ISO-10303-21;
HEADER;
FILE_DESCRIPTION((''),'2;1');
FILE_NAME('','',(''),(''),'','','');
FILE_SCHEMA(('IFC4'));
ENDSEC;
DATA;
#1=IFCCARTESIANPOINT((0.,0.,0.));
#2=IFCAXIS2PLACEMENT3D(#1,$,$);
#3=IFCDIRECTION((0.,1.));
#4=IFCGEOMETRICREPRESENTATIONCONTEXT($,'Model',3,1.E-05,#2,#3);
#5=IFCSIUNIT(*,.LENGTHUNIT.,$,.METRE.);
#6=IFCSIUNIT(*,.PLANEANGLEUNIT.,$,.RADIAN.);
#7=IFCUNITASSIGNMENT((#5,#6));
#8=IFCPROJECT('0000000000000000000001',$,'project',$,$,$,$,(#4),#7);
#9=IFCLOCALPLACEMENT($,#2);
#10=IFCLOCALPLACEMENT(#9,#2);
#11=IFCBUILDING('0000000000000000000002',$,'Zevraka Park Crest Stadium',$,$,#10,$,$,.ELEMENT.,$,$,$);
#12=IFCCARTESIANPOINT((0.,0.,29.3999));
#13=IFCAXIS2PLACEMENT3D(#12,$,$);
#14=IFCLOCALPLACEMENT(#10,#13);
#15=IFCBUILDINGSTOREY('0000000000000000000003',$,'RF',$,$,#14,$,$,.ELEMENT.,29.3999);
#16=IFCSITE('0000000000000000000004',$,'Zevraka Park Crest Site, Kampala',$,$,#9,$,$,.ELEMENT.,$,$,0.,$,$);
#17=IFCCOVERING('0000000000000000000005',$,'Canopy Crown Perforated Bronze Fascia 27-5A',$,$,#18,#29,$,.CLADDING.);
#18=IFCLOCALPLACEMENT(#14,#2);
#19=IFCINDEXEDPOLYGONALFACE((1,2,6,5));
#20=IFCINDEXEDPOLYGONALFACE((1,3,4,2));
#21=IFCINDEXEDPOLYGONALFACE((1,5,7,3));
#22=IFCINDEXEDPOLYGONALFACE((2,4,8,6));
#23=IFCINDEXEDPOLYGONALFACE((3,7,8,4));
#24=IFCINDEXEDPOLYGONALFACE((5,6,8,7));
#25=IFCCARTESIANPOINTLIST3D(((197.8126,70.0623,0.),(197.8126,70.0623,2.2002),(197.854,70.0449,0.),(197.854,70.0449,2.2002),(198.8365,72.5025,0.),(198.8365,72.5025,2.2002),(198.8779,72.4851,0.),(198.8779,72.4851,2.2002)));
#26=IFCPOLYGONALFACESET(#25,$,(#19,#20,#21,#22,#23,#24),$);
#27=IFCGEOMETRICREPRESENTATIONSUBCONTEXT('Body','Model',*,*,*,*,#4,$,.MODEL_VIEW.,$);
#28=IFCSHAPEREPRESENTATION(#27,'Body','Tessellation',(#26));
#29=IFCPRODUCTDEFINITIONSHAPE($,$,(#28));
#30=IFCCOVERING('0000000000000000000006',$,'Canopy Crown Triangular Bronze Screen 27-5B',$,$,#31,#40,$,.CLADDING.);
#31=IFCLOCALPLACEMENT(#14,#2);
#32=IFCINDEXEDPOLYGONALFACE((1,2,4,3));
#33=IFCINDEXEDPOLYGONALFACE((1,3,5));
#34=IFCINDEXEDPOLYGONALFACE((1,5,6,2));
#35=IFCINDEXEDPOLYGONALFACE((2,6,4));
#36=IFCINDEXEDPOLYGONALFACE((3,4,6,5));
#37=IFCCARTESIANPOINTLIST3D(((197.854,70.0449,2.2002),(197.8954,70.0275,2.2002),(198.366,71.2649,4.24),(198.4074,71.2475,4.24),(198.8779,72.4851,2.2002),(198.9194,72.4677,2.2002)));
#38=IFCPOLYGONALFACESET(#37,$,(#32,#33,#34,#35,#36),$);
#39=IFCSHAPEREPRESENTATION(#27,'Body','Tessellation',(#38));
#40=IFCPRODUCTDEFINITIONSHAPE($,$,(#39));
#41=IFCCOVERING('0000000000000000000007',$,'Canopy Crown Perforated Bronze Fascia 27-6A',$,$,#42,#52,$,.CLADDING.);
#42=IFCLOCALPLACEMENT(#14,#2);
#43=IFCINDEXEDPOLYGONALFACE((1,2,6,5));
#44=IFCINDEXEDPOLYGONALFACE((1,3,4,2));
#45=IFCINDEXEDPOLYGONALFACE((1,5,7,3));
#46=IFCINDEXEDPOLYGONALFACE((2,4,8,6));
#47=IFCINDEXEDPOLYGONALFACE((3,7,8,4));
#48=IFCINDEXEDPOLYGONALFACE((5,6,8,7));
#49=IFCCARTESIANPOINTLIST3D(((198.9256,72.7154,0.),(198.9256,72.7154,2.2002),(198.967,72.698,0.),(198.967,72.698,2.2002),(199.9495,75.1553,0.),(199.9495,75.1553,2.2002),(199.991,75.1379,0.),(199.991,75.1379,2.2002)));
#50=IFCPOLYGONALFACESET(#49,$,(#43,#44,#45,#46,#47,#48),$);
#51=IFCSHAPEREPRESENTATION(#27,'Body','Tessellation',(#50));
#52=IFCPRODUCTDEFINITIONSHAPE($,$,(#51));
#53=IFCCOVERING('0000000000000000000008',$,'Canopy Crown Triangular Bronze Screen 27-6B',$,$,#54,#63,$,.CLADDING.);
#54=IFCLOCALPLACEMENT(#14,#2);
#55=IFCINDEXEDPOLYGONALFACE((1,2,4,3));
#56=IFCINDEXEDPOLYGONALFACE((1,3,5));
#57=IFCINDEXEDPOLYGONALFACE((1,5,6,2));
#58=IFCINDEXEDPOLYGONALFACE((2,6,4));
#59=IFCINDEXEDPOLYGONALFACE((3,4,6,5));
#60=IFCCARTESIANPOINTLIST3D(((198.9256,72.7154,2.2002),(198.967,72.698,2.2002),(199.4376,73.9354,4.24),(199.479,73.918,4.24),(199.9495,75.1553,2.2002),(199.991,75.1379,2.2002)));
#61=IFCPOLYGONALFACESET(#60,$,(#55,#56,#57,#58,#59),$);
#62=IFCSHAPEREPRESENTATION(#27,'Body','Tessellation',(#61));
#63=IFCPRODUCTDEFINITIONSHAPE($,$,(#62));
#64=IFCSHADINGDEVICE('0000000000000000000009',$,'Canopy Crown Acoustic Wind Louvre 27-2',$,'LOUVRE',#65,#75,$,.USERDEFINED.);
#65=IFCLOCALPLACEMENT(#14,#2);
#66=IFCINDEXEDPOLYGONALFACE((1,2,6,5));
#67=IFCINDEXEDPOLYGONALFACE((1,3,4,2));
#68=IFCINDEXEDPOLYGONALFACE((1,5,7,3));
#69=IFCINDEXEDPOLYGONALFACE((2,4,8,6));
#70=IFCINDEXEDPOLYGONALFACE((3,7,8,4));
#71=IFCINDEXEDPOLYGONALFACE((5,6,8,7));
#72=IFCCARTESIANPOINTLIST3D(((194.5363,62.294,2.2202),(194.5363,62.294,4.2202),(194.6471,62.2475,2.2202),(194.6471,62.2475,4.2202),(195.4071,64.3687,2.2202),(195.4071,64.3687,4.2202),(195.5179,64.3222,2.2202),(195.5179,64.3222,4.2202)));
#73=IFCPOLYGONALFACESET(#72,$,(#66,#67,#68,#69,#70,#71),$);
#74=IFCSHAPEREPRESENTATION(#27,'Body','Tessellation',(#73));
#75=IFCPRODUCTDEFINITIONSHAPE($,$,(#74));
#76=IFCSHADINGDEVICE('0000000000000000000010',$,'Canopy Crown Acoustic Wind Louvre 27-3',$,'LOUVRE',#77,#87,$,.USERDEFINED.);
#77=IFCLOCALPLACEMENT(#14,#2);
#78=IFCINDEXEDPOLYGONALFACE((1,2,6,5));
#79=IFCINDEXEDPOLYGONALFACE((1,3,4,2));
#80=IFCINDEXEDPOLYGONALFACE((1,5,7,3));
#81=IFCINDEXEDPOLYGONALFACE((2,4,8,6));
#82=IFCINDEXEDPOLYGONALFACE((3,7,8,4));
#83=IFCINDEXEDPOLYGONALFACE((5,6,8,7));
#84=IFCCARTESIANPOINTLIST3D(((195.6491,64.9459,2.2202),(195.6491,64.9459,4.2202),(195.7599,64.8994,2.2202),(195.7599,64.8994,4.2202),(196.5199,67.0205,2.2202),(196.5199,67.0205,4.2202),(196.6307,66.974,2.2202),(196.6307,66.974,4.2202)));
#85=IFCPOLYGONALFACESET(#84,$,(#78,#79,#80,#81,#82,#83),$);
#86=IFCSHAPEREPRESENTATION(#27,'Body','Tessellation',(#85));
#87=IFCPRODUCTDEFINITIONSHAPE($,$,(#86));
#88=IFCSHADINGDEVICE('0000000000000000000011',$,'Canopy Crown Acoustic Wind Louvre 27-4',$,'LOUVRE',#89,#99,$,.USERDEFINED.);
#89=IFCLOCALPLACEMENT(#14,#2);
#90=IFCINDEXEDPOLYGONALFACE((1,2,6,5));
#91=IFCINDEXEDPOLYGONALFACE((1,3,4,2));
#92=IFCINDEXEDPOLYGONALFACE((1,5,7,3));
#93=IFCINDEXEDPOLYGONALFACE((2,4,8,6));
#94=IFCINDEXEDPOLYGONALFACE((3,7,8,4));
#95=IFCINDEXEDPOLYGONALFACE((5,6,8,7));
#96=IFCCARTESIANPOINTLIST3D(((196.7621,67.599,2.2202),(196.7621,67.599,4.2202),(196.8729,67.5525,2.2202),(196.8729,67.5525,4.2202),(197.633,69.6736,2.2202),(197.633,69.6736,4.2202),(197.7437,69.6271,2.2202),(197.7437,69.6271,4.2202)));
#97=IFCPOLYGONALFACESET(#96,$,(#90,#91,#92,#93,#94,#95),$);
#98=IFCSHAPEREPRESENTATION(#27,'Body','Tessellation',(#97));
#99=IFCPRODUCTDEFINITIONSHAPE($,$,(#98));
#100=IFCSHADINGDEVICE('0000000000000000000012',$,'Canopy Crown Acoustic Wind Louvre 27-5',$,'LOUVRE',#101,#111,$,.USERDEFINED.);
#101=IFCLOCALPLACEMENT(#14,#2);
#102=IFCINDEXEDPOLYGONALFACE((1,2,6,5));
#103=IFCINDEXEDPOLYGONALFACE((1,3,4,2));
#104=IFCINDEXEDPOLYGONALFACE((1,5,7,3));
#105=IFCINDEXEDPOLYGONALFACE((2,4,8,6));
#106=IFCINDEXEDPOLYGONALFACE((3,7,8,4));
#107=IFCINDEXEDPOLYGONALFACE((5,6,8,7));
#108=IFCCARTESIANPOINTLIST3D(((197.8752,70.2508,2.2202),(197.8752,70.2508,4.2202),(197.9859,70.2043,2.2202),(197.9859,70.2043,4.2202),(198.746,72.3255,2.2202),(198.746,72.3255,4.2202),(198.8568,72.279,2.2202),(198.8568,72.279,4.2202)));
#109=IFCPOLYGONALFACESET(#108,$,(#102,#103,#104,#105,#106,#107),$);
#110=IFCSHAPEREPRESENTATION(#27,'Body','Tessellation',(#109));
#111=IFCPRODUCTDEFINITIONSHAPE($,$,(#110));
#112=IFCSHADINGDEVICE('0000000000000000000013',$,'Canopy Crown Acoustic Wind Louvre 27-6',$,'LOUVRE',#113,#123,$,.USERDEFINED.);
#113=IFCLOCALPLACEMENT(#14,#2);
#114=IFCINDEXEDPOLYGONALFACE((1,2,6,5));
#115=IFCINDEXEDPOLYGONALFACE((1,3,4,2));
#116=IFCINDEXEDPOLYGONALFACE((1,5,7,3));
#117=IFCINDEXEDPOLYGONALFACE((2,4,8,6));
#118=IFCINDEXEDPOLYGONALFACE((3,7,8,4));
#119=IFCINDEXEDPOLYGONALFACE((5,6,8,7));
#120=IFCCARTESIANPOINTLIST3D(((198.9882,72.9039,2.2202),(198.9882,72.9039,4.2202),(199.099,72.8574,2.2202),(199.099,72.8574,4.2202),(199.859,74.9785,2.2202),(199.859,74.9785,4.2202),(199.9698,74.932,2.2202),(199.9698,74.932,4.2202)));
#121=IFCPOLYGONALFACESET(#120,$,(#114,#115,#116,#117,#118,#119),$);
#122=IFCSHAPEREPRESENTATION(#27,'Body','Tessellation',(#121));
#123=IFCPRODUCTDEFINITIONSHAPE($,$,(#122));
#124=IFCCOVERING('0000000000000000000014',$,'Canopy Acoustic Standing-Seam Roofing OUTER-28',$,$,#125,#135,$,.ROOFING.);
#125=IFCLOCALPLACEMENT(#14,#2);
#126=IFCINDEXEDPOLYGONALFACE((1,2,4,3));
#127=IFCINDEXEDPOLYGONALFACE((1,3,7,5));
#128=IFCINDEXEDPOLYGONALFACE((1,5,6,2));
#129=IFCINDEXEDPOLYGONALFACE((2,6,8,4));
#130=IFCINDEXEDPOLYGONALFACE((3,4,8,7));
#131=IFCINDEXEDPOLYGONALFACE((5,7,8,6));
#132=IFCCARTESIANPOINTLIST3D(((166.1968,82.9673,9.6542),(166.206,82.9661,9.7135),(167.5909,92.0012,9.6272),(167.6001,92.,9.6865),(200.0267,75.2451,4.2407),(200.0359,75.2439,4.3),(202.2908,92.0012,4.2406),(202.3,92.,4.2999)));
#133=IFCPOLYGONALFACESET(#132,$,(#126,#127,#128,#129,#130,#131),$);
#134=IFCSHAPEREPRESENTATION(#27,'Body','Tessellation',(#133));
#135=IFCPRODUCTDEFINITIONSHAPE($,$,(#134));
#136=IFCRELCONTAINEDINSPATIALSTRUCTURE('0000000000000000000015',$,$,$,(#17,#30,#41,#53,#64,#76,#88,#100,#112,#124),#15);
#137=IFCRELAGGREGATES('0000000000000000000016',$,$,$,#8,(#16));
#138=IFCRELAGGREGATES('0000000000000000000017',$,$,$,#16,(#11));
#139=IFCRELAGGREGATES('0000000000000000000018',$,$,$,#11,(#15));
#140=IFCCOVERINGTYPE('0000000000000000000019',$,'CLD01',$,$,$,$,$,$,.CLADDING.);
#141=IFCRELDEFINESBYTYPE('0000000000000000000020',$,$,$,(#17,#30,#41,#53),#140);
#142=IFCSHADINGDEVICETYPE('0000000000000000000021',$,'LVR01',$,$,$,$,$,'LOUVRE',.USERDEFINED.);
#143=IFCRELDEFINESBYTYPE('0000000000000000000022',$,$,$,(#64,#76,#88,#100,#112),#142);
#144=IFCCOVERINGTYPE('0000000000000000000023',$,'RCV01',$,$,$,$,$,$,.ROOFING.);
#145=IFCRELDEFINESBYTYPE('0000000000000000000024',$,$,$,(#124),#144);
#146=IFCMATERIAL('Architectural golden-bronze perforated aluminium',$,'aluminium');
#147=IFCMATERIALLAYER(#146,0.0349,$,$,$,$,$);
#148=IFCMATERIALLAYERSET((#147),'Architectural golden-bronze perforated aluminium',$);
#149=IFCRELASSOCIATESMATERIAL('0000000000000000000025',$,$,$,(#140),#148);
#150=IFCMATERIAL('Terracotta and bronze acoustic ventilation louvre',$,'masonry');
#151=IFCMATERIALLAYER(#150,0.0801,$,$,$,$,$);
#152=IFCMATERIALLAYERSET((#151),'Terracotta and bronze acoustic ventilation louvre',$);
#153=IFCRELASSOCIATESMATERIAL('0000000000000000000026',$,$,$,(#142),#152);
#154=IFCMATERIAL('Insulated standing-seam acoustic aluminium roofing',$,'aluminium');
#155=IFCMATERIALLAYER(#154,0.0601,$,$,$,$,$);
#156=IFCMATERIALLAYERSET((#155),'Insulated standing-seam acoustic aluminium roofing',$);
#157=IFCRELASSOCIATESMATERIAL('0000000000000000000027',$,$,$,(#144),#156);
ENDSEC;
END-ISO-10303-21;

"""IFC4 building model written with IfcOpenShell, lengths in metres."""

from ifc_helpers import new_model, si_unit, direction, frame, origin, origin_2d, place, context, subcontext, project, spatial, polyline, rectangle, outline, extrude, material, layer, layer_set, type_object, element, save


model = new_model("IFC4")

# Units and contexts
model_context = context("Model", 3, precision=1e-05, world=origin(), true_north=direction((0.0, 1.0)))
body_context = subcontext(model_context, "Body", "Model", "MODEL_VIEW")
ifc_project = project(units=[si_unit("LENGTHUNIT", "METRE"), si_unit("PLANEANGLEUNIT", "RADIAN")], contexts=[model_context])

# Site, building, storey
site_placement = place(None, origin())
site = spatial("IfcSite", under=ifc_project, at=site_placement, Name="Zevraka Park Crest Site, Kampala", CompositionType="ELEMENT", RefElevation=0.0)
building_placement = place(site_placement, origin())
building = spatial("IfcBuilding", under=site, at=building_placement, Name="Zevraka Park Crest Stadium", CompositionType="ELEMENT")
storey_placement = place(building_placement, frame((0.0, 0.0, 29.3999)))
storey = spatial("IfcBuildingStorey", under=building, at=storey_placement, Name="RF", CompositionType="ELEMENT", Elevation=29.3999)

# Coverings
ifc_material_1 = material(Name="Architectural golden-bronze perforated aluminium", Category="aluminium")
ifc_layer_1 = layer(ifc_material_1, 0.0349)
ifc_layer_set_1 = layer_set([ifc_layer_1], Name="Architectural golden-bronze perforated aluminium")
covering_type_1 = type_object("IfcCoveringType", Name="CLD01", PredefinedType="CLADDING", material=ifc_layer_set_1)
covering_1_placement = place(storey_placement, frame((197.854, 70.0449, 0.0), z_axis=(0.922111, -0.386927, 0.0), x_axis=(0.386927, 0.922111, 0.0)))
element("IfcCovering", 1, at=covering_1_placement, inside=storey, type_object=covering_type_1, Name="Canopy Crown Perforated Bronze Fascia 27-5A", PredefinedType="CLADDING", context=body_context, shape_type="SweptSolid", body=[
    extrude(outline(polyline([(0.0, 0.0), (2.6463, 0.0), (2.6463, 2.2002), (0.0, 2.2002), (0.0, 0.0)])), origin(), (0.0, 0.0, -1.0), 0.0449),
])
covering_2_placement = place(storey_placement, frame((197.854, 70.0449, 2.2002), z_axis=(-0.922111, 0.386927, 0.000023), x_axis=(0.386927, 0.922111, 0.0)))
element("IfcCovering", 2, at=covering_2_placement, inside=storey, type_object=covering_type_1, Name="Canopy Crown Triangular Bronze Screen 27-5B", PredefinedType="CLADDING", context=body_context, shape_type="SweptSolid", body=[
    extrude(outline(polyline([(0.0, 0.0), (2.6463, 0.0), (1.323, -2.0398), (0.0, 0.0)])), origin(), (0.0, 0.0, -1.0), 0.0449),
])
covering_3_placement = place(storey_placement, frame((198.967, 72.698, 0.0), z_axis=(0.922097, -0.38696, 0.0), x_axis=(0.38696, 0.922097, 0.0)))
element("IfcCovering", 3, at=covering_3_placement, inside=storey, type_object=covering_type_1, Name="Canopy Crown Perforated Bronze Fascia 27-6A", PredefinedType="CLADDING", context=body_context, shape_type="SweptSolid", body=[
    extrude(outline(polyline([(0.0, 0.0), (2.6461, 0.0), (2.6461, 2.2002), (0.0, 2.2002), (0.0, 0.0)])), origin(), (0.0, 0.0, -1.0), 0.0449),
])
covering_4_placement = place(storey_placement, frame((198.967, 72.698, 2.2002), z_axis=(0.922097, -0.38696, 0.0), x_axis=(0.38696, 0.922097, 0.0)))
element("IfcCovering", 4, at=covering_4_placement, inside=storey, type_object=covering_type_1, Name="Canopy Crown Triangular Bronze Screen 27-6B", PredefinedType="CLADDING", context=body_context, shape_type="SweptSolid", body=[
    extrude(outline(polyline([(0.0, 0.0), (2.6461, 0.0), (1.323, 2.0398), (0.0, 0.0)])), origin(), (0.0, 0.0, -1.0), 0.0449),
])

# Shading devices
ifc_material_2 = material(Name="Terracotta and bronze acoustic ventilation louvre", Category="masonry")
ifc_layer_2 = layer(ifc_material_2, 0.0801)
ifc_layer_set_2 = layer_set([ifc_layer_2], Name="Terracotta and bronze acoustic ventilation louvre")
shading_device_type = type_object("IfcShadingDeviceType", Name="LVR01", ElementType="LOUVRE", PredefinedType="USERDEFINED", material=ifc_layer_set_2)
for number, where, z_axis, x_axis, name in (
    (5, (195.0271, 63.3081, 2.2202), (0.0, 0.0, 1.0), (0.387033, 0.922066, 0.0), "Canopy Crown Acoustic Wind Louvre 27-2"),
    (6, (196.1399, 65.96, 2.2202), (0.0, 0.0, 1.0), (0.387033, 0.922066, 0.0), "Canopy Crown Acoustic Wind Louvre 27-3"),
    (7, (197.2529, 68.613, 2.2202), (0.0, 0.0, 1.0), (0.387033, 0.922066, 0.0), "Canopy Crown Acoustic Wind Louvre 27-4"),
    (8, (198.366, 71.2649, 2.2202), (0.0, 0.0, 1.0), (0.387033, 0.922066, 0.0), "Canopy Crown Acoustic Wind Louvre 27-5"),
    (9, (199.479, 73.918, 2.2202), (0.0, 0.0, 1.0), (0.387033, 0.922066, 0.0), "Canopy Crown Acoustic Wind Louvre 27-6"),
):
    element("IfcShadingDevice", number, at=place(storey_placement, frame(where, z_axis=z_axis, x_axis=x_axis)), inside=storey, type_object=shading_device_type, Name=name, ObjectType="LOUVRE", PredefinedType="USERDEFINED", context=body_context, shape_type="SweptSolid", body=[
        extrude(rectangle(XDim=2.25, YDim=0.1201, at=origin_2d()), origin(), (0.0, 0.0, 1.0), 2.0),
    ])

# Covering
ifc_material_3 = material(Name="Insulated standing-seam acoustic aluminium roofing", Category="aluminium")
ifc_layer_3 = layer(ifc_material_3, 0.0601)
ifc_layer_set_3 = layer_set([ifc_layer_3], Name="Insulated standing-seam acoustic aluminium roofing")
covering_type_2 = type_object("IfcCoveringType", Name="RCV01", PredefinedType="ROOFING", material=ifc_layer_set_3)
covering_5_placement = place(storey_placement, frame((200.0359, 75.2439, 4.3), z_axis=(0.153363, -0.020716, 0.987953), x_axis=(0.133906, 0.990994, -0.000007)))
element("IfcCovering", 10, at=covering_5_placement, inside=storey, type_object=covering_type_2, Name="Canopy Acoustic Standing-Seam Roofing OUTER-28", PredefinedType="ROOFING", context=body_context, shape_type="SweptSolid", body=[
    extrude(outline(polyline([(0.0, 0.0), (16.9084, 0.0), (12.2618, 34.8068), (3.1226, 34.9807), (0.0, 0.0)])), origin(), (0.0, 0.0, -1.0), 0.0601),
])

save(model, "model.ifc")
